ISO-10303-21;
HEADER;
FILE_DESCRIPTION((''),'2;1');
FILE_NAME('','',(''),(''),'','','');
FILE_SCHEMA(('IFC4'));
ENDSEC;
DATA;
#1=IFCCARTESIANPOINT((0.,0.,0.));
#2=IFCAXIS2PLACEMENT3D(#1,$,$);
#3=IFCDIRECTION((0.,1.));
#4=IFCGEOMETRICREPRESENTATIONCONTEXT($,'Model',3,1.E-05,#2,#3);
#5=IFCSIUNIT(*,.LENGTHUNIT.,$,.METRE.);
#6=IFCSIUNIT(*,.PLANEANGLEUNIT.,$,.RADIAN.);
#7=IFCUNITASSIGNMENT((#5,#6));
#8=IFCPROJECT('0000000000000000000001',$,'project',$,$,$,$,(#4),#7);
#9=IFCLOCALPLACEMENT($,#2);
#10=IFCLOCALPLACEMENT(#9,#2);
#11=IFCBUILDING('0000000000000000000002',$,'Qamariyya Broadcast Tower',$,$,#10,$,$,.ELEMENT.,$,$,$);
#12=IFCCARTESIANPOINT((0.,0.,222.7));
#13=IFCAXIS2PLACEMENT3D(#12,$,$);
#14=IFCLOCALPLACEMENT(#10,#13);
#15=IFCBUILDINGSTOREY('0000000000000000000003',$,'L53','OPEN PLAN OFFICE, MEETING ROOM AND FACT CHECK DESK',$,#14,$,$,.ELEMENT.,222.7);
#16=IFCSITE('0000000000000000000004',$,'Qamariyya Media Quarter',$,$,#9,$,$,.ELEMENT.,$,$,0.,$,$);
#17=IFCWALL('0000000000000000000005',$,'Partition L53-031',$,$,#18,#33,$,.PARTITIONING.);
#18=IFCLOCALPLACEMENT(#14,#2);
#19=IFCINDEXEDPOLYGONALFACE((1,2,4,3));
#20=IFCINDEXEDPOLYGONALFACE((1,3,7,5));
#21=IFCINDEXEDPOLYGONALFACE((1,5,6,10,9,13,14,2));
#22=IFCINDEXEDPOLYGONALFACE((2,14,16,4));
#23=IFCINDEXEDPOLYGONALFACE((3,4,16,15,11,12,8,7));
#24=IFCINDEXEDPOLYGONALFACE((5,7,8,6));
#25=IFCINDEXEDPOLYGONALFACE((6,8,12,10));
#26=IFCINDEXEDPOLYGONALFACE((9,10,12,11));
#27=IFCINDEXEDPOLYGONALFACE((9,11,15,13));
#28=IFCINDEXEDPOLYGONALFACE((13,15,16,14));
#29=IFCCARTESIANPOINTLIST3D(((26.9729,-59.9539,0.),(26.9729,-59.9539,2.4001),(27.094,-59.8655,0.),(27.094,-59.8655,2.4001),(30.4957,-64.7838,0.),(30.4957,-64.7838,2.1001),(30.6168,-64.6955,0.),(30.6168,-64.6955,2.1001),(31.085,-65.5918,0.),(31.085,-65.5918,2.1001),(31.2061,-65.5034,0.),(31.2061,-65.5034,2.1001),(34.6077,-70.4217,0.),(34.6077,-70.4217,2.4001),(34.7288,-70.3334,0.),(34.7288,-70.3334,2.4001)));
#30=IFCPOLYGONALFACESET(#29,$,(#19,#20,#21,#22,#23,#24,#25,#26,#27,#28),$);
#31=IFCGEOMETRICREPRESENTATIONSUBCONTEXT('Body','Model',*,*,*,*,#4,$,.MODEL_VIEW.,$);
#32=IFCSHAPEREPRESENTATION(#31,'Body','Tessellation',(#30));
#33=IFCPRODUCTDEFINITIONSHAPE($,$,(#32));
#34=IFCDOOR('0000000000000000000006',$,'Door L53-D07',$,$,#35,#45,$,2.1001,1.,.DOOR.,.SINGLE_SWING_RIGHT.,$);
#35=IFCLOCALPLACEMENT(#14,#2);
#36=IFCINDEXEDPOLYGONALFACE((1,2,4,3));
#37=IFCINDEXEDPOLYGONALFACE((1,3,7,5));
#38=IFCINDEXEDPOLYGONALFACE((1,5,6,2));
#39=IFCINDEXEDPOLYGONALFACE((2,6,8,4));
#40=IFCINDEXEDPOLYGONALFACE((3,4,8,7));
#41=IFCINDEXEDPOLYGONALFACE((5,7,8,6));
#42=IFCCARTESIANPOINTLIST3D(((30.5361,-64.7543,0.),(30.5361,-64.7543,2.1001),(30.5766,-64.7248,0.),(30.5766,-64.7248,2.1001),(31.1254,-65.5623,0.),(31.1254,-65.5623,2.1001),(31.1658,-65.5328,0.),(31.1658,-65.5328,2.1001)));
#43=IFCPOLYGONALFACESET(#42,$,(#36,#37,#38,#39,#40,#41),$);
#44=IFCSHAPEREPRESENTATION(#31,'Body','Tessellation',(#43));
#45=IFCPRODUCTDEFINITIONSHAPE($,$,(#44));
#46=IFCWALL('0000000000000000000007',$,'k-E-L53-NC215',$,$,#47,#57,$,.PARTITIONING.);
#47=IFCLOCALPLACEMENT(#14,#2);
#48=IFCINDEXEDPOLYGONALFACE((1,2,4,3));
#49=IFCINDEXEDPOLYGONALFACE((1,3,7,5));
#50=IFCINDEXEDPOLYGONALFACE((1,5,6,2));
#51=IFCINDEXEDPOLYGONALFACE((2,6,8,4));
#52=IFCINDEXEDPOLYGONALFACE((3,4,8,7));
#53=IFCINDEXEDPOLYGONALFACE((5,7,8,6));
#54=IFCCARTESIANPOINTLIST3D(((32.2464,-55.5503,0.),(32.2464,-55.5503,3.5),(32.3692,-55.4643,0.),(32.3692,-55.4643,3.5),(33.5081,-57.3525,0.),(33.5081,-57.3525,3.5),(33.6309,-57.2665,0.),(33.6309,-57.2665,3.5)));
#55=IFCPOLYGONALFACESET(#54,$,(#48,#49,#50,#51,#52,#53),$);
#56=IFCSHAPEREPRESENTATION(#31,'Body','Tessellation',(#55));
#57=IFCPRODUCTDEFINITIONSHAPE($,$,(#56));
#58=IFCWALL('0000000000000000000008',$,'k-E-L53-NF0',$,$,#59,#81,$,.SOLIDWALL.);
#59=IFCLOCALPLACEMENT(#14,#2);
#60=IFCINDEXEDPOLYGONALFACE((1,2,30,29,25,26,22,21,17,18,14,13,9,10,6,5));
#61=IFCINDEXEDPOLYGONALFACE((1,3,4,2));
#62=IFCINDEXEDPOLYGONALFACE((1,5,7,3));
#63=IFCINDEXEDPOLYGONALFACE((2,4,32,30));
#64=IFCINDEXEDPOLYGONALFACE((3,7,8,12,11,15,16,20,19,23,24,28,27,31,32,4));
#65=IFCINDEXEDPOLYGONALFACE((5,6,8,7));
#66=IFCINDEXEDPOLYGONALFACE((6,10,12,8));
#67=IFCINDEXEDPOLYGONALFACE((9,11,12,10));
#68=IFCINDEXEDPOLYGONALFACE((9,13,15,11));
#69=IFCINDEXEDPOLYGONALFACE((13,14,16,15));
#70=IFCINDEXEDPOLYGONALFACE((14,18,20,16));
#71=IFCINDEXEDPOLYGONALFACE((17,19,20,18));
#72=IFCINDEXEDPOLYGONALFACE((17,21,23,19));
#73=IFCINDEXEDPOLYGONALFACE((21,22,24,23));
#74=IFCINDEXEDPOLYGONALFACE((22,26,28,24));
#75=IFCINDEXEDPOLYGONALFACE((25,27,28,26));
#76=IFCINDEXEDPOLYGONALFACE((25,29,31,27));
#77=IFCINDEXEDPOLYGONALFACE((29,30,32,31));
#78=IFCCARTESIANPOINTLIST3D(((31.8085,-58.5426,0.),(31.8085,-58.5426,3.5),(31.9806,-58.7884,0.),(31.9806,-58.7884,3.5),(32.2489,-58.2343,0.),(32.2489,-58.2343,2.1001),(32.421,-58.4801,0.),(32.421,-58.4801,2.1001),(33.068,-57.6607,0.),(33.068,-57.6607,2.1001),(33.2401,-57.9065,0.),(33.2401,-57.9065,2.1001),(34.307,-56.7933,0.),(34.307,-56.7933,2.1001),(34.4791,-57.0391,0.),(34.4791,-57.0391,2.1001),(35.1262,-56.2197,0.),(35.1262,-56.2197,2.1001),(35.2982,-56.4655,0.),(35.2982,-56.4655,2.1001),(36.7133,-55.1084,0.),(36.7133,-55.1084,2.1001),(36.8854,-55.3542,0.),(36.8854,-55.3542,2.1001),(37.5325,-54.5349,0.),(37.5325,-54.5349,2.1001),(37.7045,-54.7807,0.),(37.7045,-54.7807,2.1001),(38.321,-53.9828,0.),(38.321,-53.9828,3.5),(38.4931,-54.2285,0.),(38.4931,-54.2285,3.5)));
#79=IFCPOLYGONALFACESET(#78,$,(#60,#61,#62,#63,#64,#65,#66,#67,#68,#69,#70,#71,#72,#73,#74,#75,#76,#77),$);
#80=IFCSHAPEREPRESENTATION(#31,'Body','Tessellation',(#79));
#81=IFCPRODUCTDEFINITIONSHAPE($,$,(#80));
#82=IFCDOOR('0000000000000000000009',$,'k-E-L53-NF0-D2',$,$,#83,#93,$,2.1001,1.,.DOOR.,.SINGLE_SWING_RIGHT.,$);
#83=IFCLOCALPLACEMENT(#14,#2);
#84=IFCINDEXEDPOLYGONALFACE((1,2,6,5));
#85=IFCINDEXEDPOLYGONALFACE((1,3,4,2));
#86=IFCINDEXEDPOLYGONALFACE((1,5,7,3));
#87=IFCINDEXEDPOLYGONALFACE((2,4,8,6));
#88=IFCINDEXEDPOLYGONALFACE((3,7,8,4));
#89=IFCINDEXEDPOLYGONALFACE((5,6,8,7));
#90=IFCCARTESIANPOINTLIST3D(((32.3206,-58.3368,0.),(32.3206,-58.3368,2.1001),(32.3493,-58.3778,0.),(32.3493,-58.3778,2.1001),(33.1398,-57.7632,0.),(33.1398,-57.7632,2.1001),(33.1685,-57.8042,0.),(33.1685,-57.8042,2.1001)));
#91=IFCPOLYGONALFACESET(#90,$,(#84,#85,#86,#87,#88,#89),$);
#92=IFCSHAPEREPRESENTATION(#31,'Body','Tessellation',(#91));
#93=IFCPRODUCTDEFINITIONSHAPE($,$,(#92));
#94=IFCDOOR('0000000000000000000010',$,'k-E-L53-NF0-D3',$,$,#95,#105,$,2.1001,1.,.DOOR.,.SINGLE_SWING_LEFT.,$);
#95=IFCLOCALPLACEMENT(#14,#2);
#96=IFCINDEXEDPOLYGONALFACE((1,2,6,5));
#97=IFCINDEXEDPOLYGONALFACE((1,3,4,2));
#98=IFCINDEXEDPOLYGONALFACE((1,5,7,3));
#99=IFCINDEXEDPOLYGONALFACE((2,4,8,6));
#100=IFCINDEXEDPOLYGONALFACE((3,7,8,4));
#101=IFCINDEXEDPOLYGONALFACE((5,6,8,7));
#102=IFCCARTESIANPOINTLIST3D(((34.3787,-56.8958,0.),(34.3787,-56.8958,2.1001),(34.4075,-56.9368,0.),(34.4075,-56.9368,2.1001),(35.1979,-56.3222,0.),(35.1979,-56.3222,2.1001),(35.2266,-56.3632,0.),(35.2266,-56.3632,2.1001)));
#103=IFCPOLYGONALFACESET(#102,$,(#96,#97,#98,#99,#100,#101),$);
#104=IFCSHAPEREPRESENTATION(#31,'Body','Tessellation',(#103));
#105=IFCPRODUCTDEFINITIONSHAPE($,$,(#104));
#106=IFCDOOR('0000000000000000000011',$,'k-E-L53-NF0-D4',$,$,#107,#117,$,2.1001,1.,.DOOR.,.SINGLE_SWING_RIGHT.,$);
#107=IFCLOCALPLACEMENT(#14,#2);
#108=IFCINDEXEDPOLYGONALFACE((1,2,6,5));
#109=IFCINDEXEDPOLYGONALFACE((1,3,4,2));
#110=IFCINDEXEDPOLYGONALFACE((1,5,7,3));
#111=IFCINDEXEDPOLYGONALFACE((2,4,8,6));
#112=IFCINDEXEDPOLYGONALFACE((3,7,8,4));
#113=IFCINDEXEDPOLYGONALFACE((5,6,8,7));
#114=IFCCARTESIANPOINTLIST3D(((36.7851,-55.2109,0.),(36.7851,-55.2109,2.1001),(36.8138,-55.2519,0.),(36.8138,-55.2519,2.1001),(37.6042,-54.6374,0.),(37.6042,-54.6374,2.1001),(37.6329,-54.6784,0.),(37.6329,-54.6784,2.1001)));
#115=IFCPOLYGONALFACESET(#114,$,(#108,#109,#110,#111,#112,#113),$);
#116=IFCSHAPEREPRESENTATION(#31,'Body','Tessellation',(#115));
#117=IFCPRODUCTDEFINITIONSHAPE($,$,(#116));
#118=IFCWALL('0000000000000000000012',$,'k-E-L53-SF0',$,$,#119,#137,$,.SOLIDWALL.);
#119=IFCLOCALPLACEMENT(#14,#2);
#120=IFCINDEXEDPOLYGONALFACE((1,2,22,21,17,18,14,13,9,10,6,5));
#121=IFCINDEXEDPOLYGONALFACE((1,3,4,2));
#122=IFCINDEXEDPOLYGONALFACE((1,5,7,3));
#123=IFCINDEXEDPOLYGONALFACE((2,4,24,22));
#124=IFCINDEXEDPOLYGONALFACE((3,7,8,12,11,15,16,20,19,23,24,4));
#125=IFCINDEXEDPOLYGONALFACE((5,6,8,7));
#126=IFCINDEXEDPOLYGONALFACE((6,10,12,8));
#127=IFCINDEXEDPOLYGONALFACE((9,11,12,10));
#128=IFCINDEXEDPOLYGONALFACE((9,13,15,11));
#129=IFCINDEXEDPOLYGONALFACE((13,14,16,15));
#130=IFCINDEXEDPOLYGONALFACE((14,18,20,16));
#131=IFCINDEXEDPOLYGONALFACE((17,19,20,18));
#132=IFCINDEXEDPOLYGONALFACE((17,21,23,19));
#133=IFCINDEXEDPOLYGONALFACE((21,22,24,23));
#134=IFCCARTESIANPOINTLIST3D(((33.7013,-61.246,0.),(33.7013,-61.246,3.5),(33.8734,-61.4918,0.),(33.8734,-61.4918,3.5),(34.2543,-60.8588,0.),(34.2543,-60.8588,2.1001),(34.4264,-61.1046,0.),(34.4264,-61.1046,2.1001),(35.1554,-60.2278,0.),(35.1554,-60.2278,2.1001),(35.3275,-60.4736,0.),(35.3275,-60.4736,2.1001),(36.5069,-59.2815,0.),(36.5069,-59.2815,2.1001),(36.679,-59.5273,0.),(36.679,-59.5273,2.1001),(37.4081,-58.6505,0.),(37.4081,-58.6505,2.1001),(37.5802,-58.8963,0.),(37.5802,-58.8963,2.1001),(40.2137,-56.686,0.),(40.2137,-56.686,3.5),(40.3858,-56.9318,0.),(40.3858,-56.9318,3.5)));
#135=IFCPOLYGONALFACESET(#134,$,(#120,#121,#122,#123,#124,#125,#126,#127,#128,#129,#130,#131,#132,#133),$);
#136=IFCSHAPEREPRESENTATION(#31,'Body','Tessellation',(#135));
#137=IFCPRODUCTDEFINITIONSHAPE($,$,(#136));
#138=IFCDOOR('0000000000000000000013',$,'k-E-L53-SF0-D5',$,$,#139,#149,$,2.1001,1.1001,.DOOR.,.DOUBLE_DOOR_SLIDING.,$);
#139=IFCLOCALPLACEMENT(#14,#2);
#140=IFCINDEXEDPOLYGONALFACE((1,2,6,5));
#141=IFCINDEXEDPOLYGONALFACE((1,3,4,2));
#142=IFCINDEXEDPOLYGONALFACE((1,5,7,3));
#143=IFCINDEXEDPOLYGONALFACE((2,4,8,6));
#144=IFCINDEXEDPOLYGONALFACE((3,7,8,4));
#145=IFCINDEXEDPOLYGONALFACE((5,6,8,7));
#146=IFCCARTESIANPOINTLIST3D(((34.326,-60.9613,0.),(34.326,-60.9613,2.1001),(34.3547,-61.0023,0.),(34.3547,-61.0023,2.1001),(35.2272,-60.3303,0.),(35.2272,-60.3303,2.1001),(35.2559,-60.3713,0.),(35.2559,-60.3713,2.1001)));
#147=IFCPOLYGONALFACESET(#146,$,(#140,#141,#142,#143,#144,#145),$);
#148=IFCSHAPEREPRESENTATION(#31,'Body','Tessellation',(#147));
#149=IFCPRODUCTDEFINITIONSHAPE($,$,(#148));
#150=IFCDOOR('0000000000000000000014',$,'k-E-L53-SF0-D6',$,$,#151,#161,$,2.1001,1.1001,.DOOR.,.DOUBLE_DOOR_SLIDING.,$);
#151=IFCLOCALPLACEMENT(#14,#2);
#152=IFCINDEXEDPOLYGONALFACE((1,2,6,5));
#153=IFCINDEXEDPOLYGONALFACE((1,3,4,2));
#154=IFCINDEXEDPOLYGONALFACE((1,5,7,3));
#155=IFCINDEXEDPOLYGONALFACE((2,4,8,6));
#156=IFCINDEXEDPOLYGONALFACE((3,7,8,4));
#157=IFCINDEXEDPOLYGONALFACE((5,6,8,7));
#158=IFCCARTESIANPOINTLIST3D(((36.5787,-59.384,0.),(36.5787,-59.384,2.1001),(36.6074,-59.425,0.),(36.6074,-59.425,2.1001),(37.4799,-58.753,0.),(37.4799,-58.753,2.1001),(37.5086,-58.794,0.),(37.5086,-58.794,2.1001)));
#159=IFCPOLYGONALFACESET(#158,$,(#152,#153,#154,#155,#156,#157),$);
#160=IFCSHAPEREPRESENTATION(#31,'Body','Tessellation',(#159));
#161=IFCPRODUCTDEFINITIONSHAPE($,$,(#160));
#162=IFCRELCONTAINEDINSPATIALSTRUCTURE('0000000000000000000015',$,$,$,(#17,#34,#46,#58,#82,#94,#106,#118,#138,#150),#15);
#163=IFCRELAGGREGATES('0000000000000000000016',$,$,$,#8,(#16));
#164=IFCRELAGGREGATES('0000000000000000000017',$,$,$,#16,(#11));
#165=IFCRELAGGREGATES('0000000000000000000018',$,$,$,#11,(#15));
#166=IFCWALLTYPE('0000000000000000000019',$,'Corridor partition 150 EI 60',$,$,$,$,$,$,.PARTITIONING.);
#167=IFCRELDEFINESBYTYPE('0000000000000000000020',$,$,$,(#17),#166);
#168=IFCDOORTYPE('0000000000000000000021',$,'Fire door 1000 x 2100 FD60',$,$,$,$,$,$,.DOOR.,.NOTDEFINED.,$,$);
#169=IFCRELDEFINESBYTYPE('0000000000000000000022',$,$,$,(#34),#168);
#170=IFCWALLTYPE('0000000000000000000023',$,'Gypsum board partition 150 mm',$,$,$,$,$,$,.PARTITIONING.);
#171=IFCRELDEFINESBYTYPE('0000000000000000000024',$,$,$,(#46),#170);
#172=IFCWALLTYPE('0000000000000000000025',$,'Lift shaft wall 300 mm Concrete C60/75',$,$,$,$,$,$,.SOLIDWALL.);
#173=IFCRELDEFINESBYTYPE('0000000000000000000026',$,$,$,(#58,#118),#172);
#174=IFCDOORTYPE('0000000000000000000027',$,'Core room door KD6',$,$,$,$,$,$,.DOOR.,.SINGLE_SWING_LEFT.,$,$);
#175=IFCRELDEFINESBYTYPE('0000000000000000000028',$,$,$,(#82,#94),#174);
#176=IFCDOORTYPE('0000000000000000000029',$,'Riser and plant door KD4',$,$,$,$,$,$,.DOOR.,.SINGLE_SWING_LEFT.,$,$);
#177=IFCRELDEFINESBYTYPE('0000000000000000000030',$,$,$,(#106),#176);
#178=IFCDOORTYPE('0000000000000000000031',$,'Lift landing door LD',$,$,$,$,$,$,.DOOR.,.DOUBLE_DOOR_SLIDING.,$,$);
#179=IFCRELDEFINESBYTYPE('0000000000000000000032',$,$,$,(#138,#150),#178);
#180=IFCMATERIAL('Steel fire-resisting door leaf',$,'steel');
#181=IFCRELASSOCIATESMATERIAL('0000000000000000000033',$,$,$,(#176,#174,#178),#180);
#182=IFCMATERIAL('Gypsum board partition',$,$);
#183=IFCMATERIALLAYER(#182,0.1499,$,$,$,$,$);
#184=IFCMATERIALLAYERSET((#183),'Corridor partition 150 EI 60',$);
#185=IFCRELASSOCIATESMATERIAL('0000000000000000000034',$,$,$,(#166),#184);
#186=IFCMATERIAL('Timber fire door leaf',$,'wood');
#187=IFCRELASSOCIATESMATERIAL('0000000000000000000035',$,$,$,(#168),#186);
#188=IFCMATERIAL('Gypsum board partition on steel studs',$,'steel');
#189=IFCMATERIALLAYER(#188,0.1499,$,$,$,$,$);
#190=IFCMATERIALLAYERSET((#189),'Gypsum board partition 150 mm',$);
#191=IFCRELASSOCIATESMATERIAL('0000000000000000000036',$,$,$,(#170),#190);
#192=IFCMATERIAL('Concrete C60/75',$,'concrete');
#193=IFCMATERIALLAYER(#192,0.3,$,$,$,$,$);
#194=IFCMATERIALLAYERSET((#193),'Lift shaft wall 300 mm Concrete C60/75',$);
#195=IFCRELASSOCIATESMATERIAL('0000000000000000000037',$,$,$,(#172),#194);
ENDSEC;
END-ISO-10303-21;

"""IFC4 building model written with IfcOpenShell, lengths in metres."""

from ifc_helpers import new_model, si_unit, direction, frame, frame_2d, origin, place, context, subcontext, project, spatial, rectangle, extrude, material, layer, layer_set, type_object, element, fill, save


model = new_model("IFC4")

# Units and contexts
model_context = context("Model", 3, precision=1e-05, world=origin(), true_north=direction((0.0, 1.0)))
body_context = subcontext(model_context, "Body", "Model", "MODEL_VIEW")
ifc_project = project(units=[si_unit("LENGTHUNIT", "METRE"), si_unit("PLANEANGLEUNIT", "RADIAN")], contexts=[model_context])

# Site, building, storey
site_placement = place(None, origin())
site = spatial("IfcSite", under=ifc_project, at=site_placement, Name="Qamariyya Media Quarter", CompositionType="ELEMENT", RefElevation=0.0)
building_placement = place(site_placement, origin())
building = spatial("IfcBuilding", under=site, at=building_placement, Name="Qamariyya Broadcast Tower", CompositionType="ELEMENT")
storey_placement = place(building_placement, frame((0.0, 0.0, 222.7)))
storey = spatial("IfcBuildingStorey", under=building, at=storey_placement, Name="L53", Description="OPEN PLAN OFFICE, MEETING ROOM AND FACT CHECK DESK", CompositionType="ELEMENT", Elevation=222.7)

# Shared definitions
ifc_material_1 = material(Name="Concrete C60/75", Category="concrete")

# Shared definitions
ifc_material_2 = material(Name="Steel fire-resisting door leaf", Category="steel")

# Shared definitions
door_type_1 = type_object("IfcDoorType", Name="Riser and plant door KD4", OperationType="SINGLE_SWING_LEFT", PredefinedType="DOOR", material=ifc_material_2)

# Wall, opening, door
ifc_material_3 = material(Name="Gypsum board partition")
ifc_layer_1 = layer(ifc_material_3, 0.1499)
ifc_layer_set_1 = layer_set([ifc_layer_1], Name="Corridor partition 150 EI 60")
wall_type_1 = type_object("IfcWallType", Name="Corridor partition 150 EI 60", PredefinedType="PARTITIONING", material=ifc_layer_set_1)
wall_1_placement = place(storey_placement, frame((34.6682, -70.3774, 0.0), z_axis=(0.0, 0.0, 1.0), x_axis=(-0.589274, 0.807934, 0.0)))
wall_1 = element("IfcWall", 1, at=wall_1_placement, inside=storey, type_object=wall_type_1, Name="Partition L53-031", PredefinedType="PARTITIONING", context=body_context, shape_type="SweptSolid", body=[
    extrude(rectangle(XDim=12.9563, YDim=0.1499, at=frame_2d((6.478, 0.0))), origin(), (0.0, 0.0, 1.0), 2.4001),
])
opening_1_placement = place(wall_1_placement, frame((5.978, 0.0, 0.0)))
opening_1 = element("IfcOpeningElement", 2, at=opening_1_placement, cuts=wall_1, PredefinedType="OPENING", context=body_context, shape_type="SweptSolid", body=[
    extrude(rectangle(XDim=1.0, YDim=2.1001, at=frame_2d((0.5, 1.05))), frame((0.0, 0.085, 0.0), z_axis=(0.0, -1.0, 0.0), x_axis=(1.0, 0.0, 0.0)), (0.0, 0.0, 1.0), 0.1699),
])
ifc_material_4 = material(Name="Timber fire door leaf", Category="wood")
door_type_2 = type_object("IfcDoorType", Name="Fire door 1000 x 2100 FD60", OperationType="NOTDEFINED", PredefinedType="DOOR", material=ifc_material_4)
door_1_placement = place(opening_1_placement, origin())
door_1 = element("IfcDoor", 3, at=door_1_placement, inside=storey, type_object=door_type_2, Name="Door L53-D07", OperationType="SINGLE_SWING_RIGHT", OverallHeight=2.1001, OverallWidth=1.0, PredefinedType="DOOR", context=body_context, shape_type="SweptSolid", body=[
    extrude(rectangle(XDim=1.0, YDim=2.1001, at=frame_2d((0.5, 1.05))), frame((0.0, 0.0249, 0.0), z_axis=(0.0, -1.0, 0.0), x_axis=(1.0, 0.0, 0.0)), (0.0, 0.0, 1.0), 0.05),
])
fill(opening_1, door_1)

# Wall
ifc_material_5 = material(Name="Gypsum board partition on steel studs", Category="steel")
ifc_layer_2 = layer(ifc_material_5, 0.1499)
ifc_layer_set_2 = layer_set([ifc_layer_2], Name="Gypsum board partition 150 mm")
wall_type_2 = type_object("IfcWallType", Name="Gypsum board partition 150 mm", PredefinedType="PARTITIONING", material=ifc_layer_set_2)
wall_2_placement = place(storey_placement, frame((33.5696, -57.3096, 0.0), z_axis=(0.0, 0.0, 1.0), x_axis=(-0.573507, 0.819201, 0.0)))
element("IfcWall", 4, at=wall_2_placement, inside=storey, type_object=wall_type_2, Name="k-E-L53-NC215", PredefinedType="PARTITIONING", context=body_context, shape_type="SweptSolid", body=[
    extrude(rectangle(XDim=2.2, YDim=0.1499, at=frame_2d((1.1001, 0.0))), origin(), (0.0, 0.0, 1.0), 3.5),
])

# Walls, openings, doors
ifc_layer_3 = layer(ifc_material_1, 0.3)
ifc_layer_set_3 = layer_set([ifc_layer_3], Name="Lift shaft wall 300 mm Concrete C60/75")
wall_type_3 = type_object("IfcWallType", Name="Lift shaft wall 300 mm Concrete C60/75", PredefinedType="SOLIDWALL", material=ifc_layer_set_3)
wall_3_placement = place(storey_placement, frame((31.8945, -58.6655, 0.0), z_axis=(0.0, 0.0, 1.0), x_axis=(0.819167, 0.573555, 0.0)))
wall_3 = element("IfcWall", 5, at=wall_3_placement, inside=storey, type_object=wall_type_3, Name="k-E-L53-NF0", PredefinedType="SOLIDWALL", context=body_context, shape_type="SweptSolid", body=[
    extrude(rectangle(XDim=7.9502, YDim=0.3, at=frame_2d((3.9751, 0.0))), origin(), (0.0, 0.0, 1.0), 3.5),
])
opening_2_placement = place(wall_3_placement, frame((0.5376, 0.0, 0.0)))
opening_2 = element("IfcOpeningElement", 6, at=opening_2_placement, cuts=wall_3, PredefinedType="OPENING", context=body_context, shape_type="SweptSolid", body=[
    extrude(rectangle(XDim=1.0, YDim=2.1001, at=frame_2d((0.5, 1.05))), frame((0.0, 0.1599, 0.0), z_axis=(0.0, -1.0, 0.0), x_axis=(1.0, 0.0, 0.0)), (0.0, 0.0, 1.0), 0.3201),
])
opening_3_placement = place(wall_3_placement, frame((3.05, 0.0, 0.0)))
opening_3 = element("IfcOpeningElement", 7, at=opening_3_placement, cuts=wall_3, PredefinedType="OPENING", context=body_context, shape_type="SweptSolid", body=[
    extrude(rectangle(XDim=1.0, YDim=2.1001, at=frame_2d((0.5, 1.05))), frame((0.0, 0.1599, 0.0), z_axis=(0.0, -1.0, 0.0), x_axis=(1.0, 0.0, 0.0)), (0.0, 0.0, 1.0), 0.3201),
])
opening_4_placement = place(wall_3_placement, frame((5.9875, 0.0, 0.0)))
opening_4 = element("IfcOpeningElement", 8, at=opening_4_placement, cuts=wall_3, PredefinedType="OPENING", context=body_context, shape_type="SweptSolid", body=[
    extrude(rectangle(XDim=1.0, YDim=2.1001, at=frame_2d((0.5, 1.05))), frame((0.0, 0.1599, 0.0), z_axis=(0.0, -1.0, 0.0), x_axis=(1.0, 0.0, 0.0)), (0.0, 0.0, 1.0), 0.3201),
])
door_type_3 = type_object("IfcDoorType", Name="Core room door KD6", OperationType="SINGLE_SWING_LEFT", PredefinedType="DOOR", material=ifc_material_2)
door_2_placement = place(opening_2_placement, origin())
door_2 = element("IfcDoor", 9, at=door_2_placement, inside=storey, type_object=door_type_3, Name="k-E-L53-NF0-D2", OperationType="SINGLE_SWING_RIGHT", OverallHeight=2.1001, OverallWidth=1.0, PredefinedType="DOOR", context=body_context, shape_type="SweptSolid", body=[
    extrude(rectangle(XDim=1.0, YDim=2.1001, at=frame_2d((0.5, 1.05))), frame((0.0, 0.0249, 0.0), z_axis=(0.0, -1.0, 0.0), x_axis=(1.0, 0.0, 0.0)), (0.0, 0.0, 1.0), 0.05),
])
fill(opening_2, door_2)
door_3_placement = place(opening_3_placement, origin())
door_3 = element("IfcDoor", 10, at=door_3_placement, inside=storey, type_object=door_type_3, Name="k-E-L53-NF0-D3", OperationType="SINGLE_SWING_LEFT", OverallHeight=2.1001, OverallWidth=1.0, PredefinedType="DOOR", context=body_context, shape_type="SweptSolid", body=[
    extrude(rectangle(XDim=1.0, YDim=2.1001, at=frame_2d((0.5, 1.05))), frame((0.0, 0.0249, 0.0), z_axis=(0.0, -1.0, 0.0), x_axis=(1.0, 0.0, 0.0)), (0.0, 0.0, 1.0), 0.05),
])
fill(opening_3, door_3)
door_4_placement = place(opening_4_placement, origin())
door_4 = element("IfcDoor", 11, at=door_4_placement, inside=storey, type_object=door_type_1, Name="k-E-L53-NF0-D4", OperationType="SINGLE_SWING_RIGHT", OverallHeight=2.1001, OverallWidth=1.0, PredefinedType="DOOR", context=body_context, shape_type="SweptSolid", body=[
    extrude(rectangle(XDim=1.0, YDim=2.1001, at=frame_2d((0.5, 1.05))), frame((0.0, 0.0249, 0.0), z_axis=(0.0, -1.0, 0.0), x_axis=(1.0, 0.0, 0.0)), (0.0, 0.0, 1.0), 0.05),
])
fill(opening_4, door_4)
wall_4_placement = place(storey_placement, frame((33.7874, -61.3689, 0.0), z_axis=(0.0, 0.0, 1.0), x_axis=(0.819153, 0.573576, 0.0)))
wall_4 = element("IfcWall", 12, at=wall_4_placement, inside=storey, type_object=wall_type_3, Name="k-E-L53-SF0", PredefinedType="SOLIDWALL", context=body_context, shape_type="SweptSolid", body=[
    extrude(rectangle(XDim=7.9502, YDim=0.3, at=frame_2d((3.9751, 0.0))), origin(), (0.0, 0.0, 1.0), 3.5),
])
opening_5_placement = place(wall_4_placement, frame((0.675, 0.0, 0.0)))
opening_5 = element("IfcOpeningElement", 13, at=opening_5_placement, cuts=wall_4, PredefinedType="OPENING", context=body_context, shape_type="SweptSolid", body=[
    extrude(rectangle(XDim=1.1001, YDim=2.1001, at=frame_2d((0.55, 1.05))), frame((0.0, 0.1599, 0.0), z_axis=(0.0, -1.0, 0.0), x_axis=(1.0, 0.0, 0.0)), (0.0, 0.0, 1.0), 0.3201),
])
opening_6_placement = place(wall_4_placement, frame((3.425, 0.0, 0.0)))
opening_6 = element("IfcOpeningElement", 14, at=opening_6_placement, cuts=wall_4, PredefinedType="OPENING", context=body_context, shape_type="SweptSolid", body=[
    extrude(rectangle(XDim=1.1001, YDim=2.1001, at=frame_2d((0.55, 1.05))), frame((0.0, 0.1599, 0.0), z_axis=(0.0, -1.0, 0.0), x_axis=(1.0, 0.0, 0.0)), (0.0, 0.0, 1.0), 0.3201),
])
door_type_4 = type_object("IfcDoorType", Name="Lift landing door LD", OperationType="DOUBLE_DOOR_SLIDING", PredefinedType="DOOR", material=ifc_material_2)
door_5_placement = place(opening_5_placement, origin())
door_5 = element("IfcDoor", 15, at=door_5_placement, inside=storey, type_object=door_type_4, Name="k-E-L53-SF0-D5", OperationType="DOUBLE_DOOR_SLIDING", OverallHeight=2.1001, OverallWidth=1.1001, PredefinedType="DOOR", context=body_context, shape_type="SweptSolid", body=[
    extrude(rectangle(XDim=1.1001, YDim=2.1001, at=frame_2d((0.55, 1.05))), frame((0.0, 0.0249, 0.0), z_axis=(0.0, -1.0, 0.0), x_axis=(1.0, 0.0, 0.0)), (0.0, 0.0, 1.0), 0.05),
])
fill(opening_5, door_5)
door_6_placement = place(opening_6_placement, origin())
door_6 = element("IfcDoor", 16, at=door_6_placement, inside=storey, type_object=door_type_4, Name="k-E-L53-SF0-D6", OperationType="DOUBLE_DOOR_SLIDING", OverallHeight=2.1001, OverallWidth=1.1001, PredefinedType="DOOR", context=body_context, shape_type="SweptSolid", body=[
    extrude(rectangle(XDim=1.1001, YDim=2.1001, at=frame_2d((0.55, 1.05))), frame((0.0, 0.0249, 0.0), z_axis=(0.0, -1.0, 0.0), x_axis=(1.0, 0.0, 0.0)), (0.0, 0.0, 1.0), 0.05),
])
fill(opening_6, door_6)

save(model, "model.ifc")
